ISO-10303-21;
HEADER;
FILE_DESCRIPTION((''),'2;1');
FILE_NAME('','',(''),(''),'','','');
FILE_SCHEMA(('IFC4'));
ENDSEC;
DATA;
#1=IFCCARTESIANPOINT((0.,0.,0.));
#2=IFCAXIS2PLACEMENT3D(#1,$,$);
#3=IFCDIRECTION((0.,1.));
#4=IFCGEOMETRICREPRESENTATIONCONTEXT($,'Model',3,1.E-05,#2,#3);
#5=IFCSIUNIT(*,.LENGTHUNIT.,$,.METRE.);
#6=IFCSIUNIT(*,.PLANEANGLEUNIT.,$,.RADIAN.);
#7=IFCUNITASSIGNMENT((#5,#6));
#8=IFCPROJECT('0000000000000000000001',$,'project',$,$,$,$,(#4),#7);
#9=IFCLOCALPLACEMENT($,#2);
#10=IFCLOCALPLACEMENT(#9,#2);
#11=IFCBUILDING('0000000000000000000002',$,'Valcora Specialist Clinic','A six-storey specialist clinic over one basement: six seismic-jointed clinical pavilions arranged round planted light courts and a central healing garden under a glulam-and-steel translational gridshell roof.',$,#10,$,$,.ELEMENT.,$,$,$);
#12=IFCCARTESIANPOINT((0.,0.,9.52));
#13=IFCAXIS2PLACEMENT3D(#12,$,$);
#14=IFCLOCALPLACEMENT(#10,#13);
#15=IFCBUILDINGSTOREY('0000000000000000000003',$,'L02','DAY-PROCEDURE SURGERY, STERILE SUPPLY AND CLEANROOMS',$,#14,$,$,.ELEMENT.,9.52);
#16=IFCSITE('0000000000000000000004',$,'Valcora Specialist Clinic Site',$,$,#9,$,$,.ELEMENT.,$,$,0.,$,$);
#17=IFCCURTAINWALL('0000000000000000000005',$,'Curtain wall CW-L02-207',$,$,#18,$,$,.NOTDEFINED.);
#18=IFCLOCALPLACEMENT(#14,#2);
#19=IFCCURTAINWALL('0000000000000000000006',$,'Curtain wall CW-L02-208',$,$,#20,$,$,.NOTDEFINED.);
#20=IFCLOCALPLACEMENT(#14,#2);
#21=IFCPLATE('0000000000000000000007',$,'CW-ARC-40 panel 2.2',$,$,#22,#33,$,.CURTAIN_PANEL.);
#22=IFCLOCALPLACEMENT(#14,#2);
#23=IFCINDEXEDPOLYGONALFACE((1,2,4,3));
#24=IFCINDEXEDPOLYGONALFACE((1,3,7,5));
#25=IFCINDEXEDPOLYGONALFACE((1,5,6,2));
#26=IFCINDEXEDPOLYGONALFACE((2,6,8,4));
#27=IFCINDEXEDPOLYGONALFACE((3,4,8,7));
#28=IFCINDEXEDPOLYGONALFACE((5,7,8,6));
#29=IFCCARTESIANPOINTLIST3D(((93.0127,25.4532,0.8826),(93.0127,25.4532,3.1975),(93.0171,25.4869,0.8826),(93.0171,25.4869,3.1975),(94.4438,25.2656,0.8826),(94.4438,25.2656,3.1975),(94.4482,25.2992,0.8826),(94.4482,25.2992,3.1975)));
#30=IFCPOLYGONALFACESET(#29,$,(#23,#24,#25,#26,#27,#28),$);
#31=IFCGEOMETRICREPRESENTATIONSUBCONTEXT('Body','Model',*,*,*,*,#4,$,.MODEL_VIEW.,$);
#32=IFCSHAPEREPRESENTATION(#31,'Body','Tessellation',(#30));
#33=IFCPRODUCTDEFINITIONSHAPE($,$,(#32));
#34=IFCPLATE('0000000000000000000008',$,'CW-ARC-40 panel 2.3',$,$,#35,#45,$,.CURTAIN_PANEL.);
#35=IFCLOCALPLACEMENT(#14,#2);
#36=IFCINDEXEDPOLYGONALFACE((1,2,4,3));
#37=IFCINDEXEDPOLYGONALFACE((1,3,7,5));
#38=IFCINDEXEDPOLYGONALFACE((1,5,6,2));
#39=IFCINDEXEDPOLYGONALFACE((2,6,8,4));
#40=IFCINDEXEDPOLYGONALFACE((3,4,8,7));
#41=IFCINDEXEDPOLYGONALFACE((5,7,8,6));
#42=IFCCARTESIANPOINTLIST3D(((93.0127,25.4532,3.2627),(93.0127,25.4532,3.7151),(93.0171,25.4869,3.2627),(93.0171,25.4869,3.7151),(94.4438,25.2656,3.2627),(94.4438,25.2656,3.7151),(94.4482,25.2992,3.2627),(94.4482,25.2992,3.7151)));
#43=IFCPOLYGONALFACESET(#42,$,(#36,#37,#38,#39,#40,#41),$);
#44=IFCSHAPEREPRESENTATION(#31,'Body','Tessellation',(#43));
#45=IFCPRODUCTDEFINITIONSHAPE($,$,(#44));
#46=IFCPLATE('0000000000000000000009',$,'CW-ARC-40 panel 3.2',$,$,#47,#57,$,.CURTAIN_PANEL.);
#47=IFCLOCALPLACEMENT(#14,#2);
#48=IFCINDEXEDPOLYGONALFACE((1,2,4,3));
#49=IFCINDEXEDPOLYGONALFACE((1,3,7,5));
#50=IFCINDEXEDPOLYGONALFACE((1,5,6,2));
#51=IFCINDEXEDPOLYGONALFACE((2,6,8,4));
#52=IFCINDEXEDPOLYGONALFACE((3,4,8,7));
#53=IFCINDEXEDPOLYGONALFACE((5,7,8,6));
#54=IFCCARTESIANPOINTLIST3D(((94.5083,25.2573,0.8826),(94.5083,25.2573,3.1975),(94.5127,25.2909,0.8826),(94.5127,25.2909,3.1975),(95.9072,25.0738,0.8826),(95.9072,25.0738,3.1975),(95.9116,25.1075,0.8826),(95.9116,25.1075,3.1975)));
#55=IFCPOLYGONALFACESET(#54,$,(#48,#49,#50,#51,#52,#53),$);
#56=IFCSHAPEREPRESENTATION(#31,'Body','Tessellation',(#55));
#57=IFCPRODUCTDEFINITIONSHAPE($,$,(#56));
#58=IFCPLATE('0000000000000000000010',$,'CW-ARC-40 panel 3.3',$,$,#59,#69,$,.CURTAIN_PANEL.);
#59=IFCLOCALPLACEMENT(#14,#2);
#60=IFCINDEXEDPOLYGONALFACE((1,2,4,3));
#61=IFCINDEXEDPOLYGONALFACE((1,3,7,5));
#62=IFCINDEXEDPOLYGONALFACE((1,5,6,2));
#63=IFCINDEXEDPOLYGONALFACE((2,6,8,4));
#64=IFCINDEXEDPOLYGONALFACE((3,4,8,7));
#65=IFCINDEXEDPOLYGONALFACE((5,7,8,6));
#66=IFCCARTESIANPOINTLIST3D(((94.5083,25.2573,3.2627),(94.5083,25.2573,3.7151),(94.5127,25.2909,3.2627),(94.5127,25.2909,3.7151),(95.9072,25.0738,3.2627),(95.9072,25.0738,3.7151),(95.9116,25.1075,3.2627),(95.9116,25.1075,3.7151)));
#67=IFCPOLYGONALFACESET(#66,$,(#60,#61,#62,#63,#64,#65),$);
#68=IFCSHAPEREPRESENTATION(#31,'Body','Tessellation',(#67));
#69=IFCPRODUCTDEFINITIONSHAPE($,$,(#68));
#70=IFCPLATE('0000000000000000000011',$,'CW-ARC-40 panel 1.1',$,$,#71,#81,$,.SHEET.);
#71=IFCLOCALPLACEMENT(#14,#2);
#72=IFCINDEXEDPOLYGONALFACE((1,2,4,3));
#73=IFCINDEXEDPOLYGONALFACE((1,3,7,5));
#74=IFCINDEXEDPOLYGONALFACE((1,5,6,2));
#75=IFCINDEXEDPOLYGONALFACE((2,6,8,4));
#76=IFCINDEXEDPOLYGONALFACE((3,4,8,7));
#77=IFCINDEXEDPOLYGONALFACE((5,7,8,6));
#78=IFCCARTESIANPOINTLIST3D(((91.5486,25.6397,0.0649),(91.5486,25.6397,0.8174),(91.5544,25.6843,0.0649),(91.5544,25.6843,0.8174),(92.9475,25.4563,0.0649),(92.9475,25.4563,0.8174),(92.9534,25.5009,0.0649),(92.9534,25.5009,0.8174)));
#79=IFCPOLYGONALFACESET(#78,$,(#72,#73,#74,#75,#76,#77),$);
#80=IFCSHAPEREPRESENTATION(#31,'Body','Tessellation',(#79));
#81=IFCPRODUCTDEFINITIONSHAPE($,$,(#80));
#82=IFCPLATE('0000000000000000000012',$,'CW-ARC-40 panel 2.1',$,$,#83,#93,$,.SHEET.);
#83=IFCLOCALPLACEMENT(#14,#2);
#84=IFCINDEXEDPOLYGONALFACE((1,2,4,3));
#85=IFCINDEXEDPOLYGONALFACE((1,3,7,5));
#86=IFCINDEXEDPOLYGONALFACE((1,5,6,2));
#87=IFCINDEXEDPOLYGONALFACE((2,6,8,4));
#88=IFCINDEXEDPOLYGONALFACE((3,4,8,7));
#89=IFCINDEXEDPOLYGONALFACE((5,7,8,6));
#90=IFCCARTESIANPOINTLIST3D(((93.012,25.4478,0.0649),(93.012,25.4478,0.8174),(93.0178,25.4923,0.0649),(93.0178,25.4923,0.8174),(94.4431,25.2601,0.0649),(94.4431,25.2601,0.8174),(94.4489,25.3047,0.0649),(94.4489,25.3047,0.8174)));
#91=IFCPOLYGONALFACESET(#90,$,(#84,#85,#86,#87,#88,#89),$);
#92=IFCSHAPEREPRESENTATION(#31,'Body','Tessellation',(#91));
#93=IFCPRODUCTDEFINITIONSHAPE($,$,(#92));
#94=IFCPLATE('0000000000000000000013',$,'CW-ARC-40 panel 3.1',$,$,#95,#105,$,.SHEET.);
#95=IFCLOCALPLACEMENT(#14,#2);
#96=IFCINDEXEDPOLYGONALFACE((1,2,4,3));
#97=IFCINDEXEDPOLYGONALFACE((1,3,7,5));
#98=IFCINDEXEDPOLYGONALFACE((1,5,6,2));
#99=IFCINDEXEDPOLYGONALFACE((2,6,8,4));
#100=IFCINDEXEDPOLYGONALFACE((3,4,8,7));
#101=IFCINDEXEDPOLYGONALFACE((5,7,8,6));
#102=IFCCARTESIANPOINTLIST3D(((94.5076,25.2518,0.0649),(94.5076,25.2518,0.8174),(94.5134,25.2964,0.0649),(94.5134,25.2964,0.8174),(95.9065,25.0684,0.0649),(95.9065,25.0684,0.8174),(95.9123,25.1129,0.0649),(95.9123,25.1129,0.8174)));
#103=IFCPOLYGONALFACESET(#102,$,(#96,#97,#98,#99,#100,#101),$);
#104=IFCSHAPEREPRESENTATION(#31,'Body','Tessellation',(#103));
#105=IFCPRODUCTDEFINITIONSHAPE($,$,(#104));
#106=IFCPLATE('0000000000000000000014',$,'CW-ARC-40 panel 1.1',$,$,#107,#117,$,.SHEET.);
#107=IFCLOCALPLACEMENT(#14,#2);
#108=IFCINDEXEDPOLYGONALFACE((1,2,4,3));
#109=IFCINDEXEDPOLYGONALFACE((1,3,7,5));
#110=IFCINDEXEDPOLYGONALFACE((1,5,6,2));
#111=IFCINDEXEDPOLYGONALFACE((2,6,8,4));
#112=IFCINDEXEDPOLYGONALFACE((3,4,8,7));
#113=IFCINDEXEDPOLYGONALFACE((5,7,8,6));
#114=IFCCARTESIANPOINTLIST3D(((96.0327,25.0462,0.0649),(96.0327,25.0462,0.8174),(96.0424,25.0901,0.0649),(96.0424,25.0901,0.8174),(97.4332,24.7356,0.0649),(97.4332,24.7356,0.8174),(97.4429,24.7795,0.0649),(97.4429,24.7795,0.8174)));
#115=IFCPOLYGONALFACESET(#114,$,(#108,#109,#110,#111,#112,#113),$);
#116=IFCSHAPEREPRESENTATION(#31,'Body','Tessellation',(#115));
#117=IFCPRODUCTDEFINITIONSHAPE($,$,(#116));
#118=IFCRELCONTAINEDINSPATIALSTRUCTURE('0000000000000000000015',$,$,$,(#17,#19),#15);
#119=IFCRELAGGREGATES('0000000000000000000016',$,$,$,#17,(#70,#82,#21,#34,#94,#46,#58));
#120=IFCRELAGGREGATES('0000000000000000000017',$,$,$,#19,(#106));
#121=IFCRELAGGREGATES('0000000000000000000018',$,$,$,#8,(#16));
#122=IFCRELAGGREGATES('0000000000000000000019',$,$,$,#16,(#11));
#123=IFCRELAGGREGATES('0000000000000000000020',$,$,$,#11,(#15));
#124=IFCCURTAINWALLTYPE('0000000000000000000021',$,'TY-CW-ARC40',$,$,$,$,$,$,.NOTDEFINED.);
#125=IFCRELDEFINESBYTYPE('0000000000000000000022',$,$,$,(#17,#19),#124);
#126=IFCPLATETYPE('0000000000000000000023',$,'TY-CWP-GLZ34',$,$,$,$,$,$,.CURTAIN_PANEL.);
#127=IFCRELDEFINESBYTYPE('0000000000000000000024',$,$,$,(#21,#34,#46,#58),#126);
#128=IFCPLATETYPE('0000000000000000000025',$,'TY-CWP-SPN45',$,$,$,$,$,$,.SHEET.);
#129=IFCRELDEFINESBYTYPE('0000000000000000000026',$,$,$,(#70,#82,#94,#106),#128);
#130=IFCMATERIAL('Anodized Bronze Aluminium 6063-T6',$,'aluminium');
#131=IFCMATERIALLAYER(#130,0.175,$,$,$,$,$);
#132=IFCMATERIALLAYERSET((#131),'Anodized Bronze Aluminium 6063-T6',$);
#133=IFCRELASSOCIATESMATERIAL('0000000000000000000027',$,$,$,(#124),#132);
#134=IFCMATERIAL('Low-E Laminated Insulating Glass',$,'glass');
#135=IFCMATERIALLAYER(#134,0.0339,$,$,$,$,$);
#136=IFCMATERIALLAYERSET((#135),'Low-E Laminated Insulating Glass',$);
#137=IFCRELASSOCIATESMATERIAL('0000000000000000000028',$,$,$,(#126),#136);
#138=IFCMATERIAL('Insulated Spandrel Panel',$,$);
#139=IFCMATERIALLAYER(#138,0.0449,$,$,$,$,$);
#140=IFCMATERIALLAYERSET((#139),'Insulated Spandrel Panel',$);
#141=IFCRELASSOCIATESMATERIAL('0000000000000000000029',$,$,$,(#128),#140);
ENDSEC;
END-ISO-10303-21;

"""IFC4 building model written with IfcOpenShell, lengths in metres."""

from ifc_helpers import new_model, si_unit, direction, frame, origin, origin_2d, place, context, subcontext, project, spatial, rectangle, extrude, material, layer, layer_set, type_object, element, aggregate, save


model = new_model("IFC4")

# Units and contexts
model_context = context("Model", 3, precision=1e-05, world=origin(), true_north=direction((0.0, 1.0)))
body_context = subcontext(model_context, "Body", "Model", "MODEL_VIEW")
ifc_project = project(units=[si_unit("LENGTHUNIT", "METRE"), si_unit("PLANEANGLEUNIT", "RADIAN")], contexts=[model_context])

# Site, building, storey
site_placement = place(None, origin())
site = spatial("IfcSite", under=ifc_project, at=site_placement, Name="Valcora Specialist Clinic Site", CompositionType="ELEMENT", RefElevation=0.0)
building_placement = place(site_placement, origin())
building = spatial("IfcBuilding", under=site, at=building_placement, Name="Valcora Specialist Clinic", Description="A six-storey specialist clinic over one basement: six seismic-jointed clinical pavilions arranged round planted light courts and a central healing garden under a glulam-and-steel translational gridshell roof.", CompositionType="ELEMENT")
storey_placement = place(building_placement, frame((0.0, 0.0, 9.52)))
storey = spatial("IfcBuildingStorey", under=building, at=storey_placement, Name="L02", Description="DAY-PROCEDURE SURGERY, STERILE SUPPLY AND CLEANROOMS", CompositionType="ELEMENT", Elevation=9.52)

# Curtain walls
ifc_material_1 = material(Name="Anodized Bronze Aluminium 6063-T6", Category="aluminium")
ifc_layer_1 = layer(ifc_material_1, 0.175)
ifc_layer_set_1 = layer_set([ifc_layer_1], Name="Anodized Bronze Aluminium 6063-T6")
curtain_wall_type = type_object("IfcCurtainWallType", Name="TY-CW-ARC40", PredefinedType="NOTDEFINED", material=ifc_layer_set_1)
curtain_wall_1_placement = place(storey_placement, origin())
curtain_wall_1 = element("IfcCurtainWall", 1, at=curtain_wall_1_placement, inside=storey, type_object=curtain_wall_type, Name="Curtain wall CW-L02-207", PredefinedType="NOTDEFINED")
curtain_wall_2_placement = place(storey_placement, origin())
curtain_wall_2 = element("IfcCurtainWall", 2, at=curtain_wall_2_placement, inside=storey, type_object=curtain_wall_type, Name="Curtain wall CW-L02-208", PredefinedType="NOTDEFINED")

# Shared definitions
ifc_material_2 = material(Name="Low-E Laminated Insulating Glass", Category="glass")

# Plates
ifc_layer_2 = layer(ifc_material_2, 0.0339)
ifc_layer_set_2 = layer_set([ifc_layer_2], Name="Low-E Laminated Insulating Glass")
plate_type_1 = type_object("IfcPlateType", Name="TY-CWP-GLZ34", PredefinedType="CURTAIN_PANEL", material=ifc_layer_set_2)
plate_1_placement = place(storey_placement, frame((93.7305, 25.3762, 0.8826), z_axis=(0.0, 0.0, 1.0), x_axis=(0.991514, -0.129999, 0.0)))
plate_1 = element("IfcPlate", 3, at=plate_1_placement, type_object=plate_type_1, Name="CW-ARC-40 panel 2.2", PredefinedType="CURTAIN_PANEL", context=body_context, shape_type="SweptSolid", body=[
    extrude(rectangle(XDim=1.4434, YDim=0.0339, at=origin_2d()), origin(), (0.0, 0.0, 1.0), 2.3149),
])
plate_2_placement = place(storey_placement, frame((93.7305, 25.3762, 3.2627), z_axis=(0.0, 0.0, 1.0), x_axis=(0.991514, -0.129999, 0.0)))
plate_2 = element("IfcPlate", 4, at=plate_2_placement, type_object=plate_type_1, Name="CW-ARC-40 panel 2.3", PredefinedType="CURTAIN_PANEL", context=body_context, shape_type="SweptSolid", body=[
    extrude(rectangle(XDim=1.4434, YDim=0.0339, at=origin_2d()), origin(), (0.0, 0.0, 1.0), 0.4524),
])
plate_3_placement = place(storey_placement, frame((95.21, 25.1824, 0.8826), z_axis=(0.0, 0.0, 1.0), x_axis=(0.991514, -0.129999, 0.0)))
plate_3 = element("IfcPlate", 5, at=plate_3_placement, type_object=plate_type_1, Name="CW-ARC-40 panel 3.2", PredefinedType="CURTAIN_PANEL", context=body_context, shape_type="SweptSolid", body=[
    extrude(rectangle(XDim=1.4109, YDim=0.0339, at=origin_2d()), origin(), (0.0, 0.0, 1.0), 2.3149),
])
plate_4_placement = place(storey_placement, frame((95.21, 25.1824, 3.2627), z_axis=(0.0, 0.0, 1.0), x_axis=(0.991514, -0.129999, 0.0)))
plate_4 = element("IfcPlate", 6, at=plate_4_placement, type_object=plate_type_1, Name="CW-ARC-40 panel 3.3", PredefinedType="CURTAIN_PANEL", context=body_context, shape_type="SweptSolid", body=[
    extrude(rectangle(XDim=1.4109, YDim=0.0339, at=origin_2d()), origin(), (0.0, 0.0, 1.0), 0.4524),
])
ifc_material_3 = material(Name="Insulated Spandrel Panel")
ifc_layer_3 = layer(ifc_material_3, 0.0449)
ifc_layer_set_3 = layer_set([ifc_layer_3], Name="Insulated Spandrel Panel")
plate_type_2 = type_object("IfcPlateType", Name="TY-CWP-SPN45", PredefinedType="SHEET", material=ifc_layer_set_3)
plate_5_placement = place(storey_placement, frame((92.251, 25.5703, 0.0649), z_axis=(0.0, 0.0, 1.0), x_axis=(0.991514, -0.129999, 0.0)))
plate_5 = element("IfcPlate", 7, at=plate_5_placement, type_object=plate_type_2, Name="CW-ARC-40 panel 1.1", PredefinedType="SHEET", context=body_context, shape_type="SweptSolid", body=[
    extrude(rectangle(XDim=1.4109, YDim=0.0449, at=origin_2d()), origin(), (0.0, 0.0, 1.0), 0.7524),
])
plate_6_placement = place(storey_placement, frame((93.7305, 25.3762, 0.0649), z_axis=(0.0, 0.0, 1.0), x_axis=(0.991514, -0.129999, 0.0)))
plate_6 = element("IfcPlate", 8, at=plate_6_placement, type_object=plate_type_2, Name="CW-ARC-40 panel 2.1", PredefinedType="SHEET", context=body_context, shape_type="SweptSolid", body=[
    extrude(rectangle(XDim=1.4434, YDim=0.0449, at=origin_2d()), origin(), (0.0, 0.0, 1.0), 0.7524),
])
plate_7_placement = place(storey_placement, frame((95.21, 25.1824, 0.0649), z_axis=(0.0, 0.0, 1.0), x_axis=(0.991514, -0.129999, 0.0)))
plate_7 = element("IfcPlate", 9, at=plate_7_placement, type_object=plate_type_2, Name="CW-ARC-40 panel 3.1", PredefinedType="SHEET", context=body_context, shape_type="SweptSolid", body=[
    extrude(rectangle(XDim=1.4109, YDim=0.0449, at=origin_2d()), origin(), (0.0, 0.0, 1.0), 0.7524),
])
aggregate(curtain_wall_1, [plate_5, plate_6, plate_1, plate_2, plate_7, plate_3, plate_4])
plate_8_placement = place(storey_placement, frame((96.7378, 24.9128, 0.0649), z_axis=(0.0, 0.0, 1.0), x_axis=(0.976279, -0.216518, 0.0)))
plate_8 = element("IfcPlate", 10, at=plate_8_placement, type_object=plate_type_2, Name="CW-ARC-40 panel 1.1", PredefinedType="SHEET", context=body_context, shape_type="SweptSolid", body=[
    extrude(rectangle(XDim=1.4346, YDim=0.0449, at=origin_2d()), origin(), (0.0, 0.0, 1.0), 0.7524),
])
aggregate(curtain_wall_2, [plate_8])

save(model, "model.ifc")
